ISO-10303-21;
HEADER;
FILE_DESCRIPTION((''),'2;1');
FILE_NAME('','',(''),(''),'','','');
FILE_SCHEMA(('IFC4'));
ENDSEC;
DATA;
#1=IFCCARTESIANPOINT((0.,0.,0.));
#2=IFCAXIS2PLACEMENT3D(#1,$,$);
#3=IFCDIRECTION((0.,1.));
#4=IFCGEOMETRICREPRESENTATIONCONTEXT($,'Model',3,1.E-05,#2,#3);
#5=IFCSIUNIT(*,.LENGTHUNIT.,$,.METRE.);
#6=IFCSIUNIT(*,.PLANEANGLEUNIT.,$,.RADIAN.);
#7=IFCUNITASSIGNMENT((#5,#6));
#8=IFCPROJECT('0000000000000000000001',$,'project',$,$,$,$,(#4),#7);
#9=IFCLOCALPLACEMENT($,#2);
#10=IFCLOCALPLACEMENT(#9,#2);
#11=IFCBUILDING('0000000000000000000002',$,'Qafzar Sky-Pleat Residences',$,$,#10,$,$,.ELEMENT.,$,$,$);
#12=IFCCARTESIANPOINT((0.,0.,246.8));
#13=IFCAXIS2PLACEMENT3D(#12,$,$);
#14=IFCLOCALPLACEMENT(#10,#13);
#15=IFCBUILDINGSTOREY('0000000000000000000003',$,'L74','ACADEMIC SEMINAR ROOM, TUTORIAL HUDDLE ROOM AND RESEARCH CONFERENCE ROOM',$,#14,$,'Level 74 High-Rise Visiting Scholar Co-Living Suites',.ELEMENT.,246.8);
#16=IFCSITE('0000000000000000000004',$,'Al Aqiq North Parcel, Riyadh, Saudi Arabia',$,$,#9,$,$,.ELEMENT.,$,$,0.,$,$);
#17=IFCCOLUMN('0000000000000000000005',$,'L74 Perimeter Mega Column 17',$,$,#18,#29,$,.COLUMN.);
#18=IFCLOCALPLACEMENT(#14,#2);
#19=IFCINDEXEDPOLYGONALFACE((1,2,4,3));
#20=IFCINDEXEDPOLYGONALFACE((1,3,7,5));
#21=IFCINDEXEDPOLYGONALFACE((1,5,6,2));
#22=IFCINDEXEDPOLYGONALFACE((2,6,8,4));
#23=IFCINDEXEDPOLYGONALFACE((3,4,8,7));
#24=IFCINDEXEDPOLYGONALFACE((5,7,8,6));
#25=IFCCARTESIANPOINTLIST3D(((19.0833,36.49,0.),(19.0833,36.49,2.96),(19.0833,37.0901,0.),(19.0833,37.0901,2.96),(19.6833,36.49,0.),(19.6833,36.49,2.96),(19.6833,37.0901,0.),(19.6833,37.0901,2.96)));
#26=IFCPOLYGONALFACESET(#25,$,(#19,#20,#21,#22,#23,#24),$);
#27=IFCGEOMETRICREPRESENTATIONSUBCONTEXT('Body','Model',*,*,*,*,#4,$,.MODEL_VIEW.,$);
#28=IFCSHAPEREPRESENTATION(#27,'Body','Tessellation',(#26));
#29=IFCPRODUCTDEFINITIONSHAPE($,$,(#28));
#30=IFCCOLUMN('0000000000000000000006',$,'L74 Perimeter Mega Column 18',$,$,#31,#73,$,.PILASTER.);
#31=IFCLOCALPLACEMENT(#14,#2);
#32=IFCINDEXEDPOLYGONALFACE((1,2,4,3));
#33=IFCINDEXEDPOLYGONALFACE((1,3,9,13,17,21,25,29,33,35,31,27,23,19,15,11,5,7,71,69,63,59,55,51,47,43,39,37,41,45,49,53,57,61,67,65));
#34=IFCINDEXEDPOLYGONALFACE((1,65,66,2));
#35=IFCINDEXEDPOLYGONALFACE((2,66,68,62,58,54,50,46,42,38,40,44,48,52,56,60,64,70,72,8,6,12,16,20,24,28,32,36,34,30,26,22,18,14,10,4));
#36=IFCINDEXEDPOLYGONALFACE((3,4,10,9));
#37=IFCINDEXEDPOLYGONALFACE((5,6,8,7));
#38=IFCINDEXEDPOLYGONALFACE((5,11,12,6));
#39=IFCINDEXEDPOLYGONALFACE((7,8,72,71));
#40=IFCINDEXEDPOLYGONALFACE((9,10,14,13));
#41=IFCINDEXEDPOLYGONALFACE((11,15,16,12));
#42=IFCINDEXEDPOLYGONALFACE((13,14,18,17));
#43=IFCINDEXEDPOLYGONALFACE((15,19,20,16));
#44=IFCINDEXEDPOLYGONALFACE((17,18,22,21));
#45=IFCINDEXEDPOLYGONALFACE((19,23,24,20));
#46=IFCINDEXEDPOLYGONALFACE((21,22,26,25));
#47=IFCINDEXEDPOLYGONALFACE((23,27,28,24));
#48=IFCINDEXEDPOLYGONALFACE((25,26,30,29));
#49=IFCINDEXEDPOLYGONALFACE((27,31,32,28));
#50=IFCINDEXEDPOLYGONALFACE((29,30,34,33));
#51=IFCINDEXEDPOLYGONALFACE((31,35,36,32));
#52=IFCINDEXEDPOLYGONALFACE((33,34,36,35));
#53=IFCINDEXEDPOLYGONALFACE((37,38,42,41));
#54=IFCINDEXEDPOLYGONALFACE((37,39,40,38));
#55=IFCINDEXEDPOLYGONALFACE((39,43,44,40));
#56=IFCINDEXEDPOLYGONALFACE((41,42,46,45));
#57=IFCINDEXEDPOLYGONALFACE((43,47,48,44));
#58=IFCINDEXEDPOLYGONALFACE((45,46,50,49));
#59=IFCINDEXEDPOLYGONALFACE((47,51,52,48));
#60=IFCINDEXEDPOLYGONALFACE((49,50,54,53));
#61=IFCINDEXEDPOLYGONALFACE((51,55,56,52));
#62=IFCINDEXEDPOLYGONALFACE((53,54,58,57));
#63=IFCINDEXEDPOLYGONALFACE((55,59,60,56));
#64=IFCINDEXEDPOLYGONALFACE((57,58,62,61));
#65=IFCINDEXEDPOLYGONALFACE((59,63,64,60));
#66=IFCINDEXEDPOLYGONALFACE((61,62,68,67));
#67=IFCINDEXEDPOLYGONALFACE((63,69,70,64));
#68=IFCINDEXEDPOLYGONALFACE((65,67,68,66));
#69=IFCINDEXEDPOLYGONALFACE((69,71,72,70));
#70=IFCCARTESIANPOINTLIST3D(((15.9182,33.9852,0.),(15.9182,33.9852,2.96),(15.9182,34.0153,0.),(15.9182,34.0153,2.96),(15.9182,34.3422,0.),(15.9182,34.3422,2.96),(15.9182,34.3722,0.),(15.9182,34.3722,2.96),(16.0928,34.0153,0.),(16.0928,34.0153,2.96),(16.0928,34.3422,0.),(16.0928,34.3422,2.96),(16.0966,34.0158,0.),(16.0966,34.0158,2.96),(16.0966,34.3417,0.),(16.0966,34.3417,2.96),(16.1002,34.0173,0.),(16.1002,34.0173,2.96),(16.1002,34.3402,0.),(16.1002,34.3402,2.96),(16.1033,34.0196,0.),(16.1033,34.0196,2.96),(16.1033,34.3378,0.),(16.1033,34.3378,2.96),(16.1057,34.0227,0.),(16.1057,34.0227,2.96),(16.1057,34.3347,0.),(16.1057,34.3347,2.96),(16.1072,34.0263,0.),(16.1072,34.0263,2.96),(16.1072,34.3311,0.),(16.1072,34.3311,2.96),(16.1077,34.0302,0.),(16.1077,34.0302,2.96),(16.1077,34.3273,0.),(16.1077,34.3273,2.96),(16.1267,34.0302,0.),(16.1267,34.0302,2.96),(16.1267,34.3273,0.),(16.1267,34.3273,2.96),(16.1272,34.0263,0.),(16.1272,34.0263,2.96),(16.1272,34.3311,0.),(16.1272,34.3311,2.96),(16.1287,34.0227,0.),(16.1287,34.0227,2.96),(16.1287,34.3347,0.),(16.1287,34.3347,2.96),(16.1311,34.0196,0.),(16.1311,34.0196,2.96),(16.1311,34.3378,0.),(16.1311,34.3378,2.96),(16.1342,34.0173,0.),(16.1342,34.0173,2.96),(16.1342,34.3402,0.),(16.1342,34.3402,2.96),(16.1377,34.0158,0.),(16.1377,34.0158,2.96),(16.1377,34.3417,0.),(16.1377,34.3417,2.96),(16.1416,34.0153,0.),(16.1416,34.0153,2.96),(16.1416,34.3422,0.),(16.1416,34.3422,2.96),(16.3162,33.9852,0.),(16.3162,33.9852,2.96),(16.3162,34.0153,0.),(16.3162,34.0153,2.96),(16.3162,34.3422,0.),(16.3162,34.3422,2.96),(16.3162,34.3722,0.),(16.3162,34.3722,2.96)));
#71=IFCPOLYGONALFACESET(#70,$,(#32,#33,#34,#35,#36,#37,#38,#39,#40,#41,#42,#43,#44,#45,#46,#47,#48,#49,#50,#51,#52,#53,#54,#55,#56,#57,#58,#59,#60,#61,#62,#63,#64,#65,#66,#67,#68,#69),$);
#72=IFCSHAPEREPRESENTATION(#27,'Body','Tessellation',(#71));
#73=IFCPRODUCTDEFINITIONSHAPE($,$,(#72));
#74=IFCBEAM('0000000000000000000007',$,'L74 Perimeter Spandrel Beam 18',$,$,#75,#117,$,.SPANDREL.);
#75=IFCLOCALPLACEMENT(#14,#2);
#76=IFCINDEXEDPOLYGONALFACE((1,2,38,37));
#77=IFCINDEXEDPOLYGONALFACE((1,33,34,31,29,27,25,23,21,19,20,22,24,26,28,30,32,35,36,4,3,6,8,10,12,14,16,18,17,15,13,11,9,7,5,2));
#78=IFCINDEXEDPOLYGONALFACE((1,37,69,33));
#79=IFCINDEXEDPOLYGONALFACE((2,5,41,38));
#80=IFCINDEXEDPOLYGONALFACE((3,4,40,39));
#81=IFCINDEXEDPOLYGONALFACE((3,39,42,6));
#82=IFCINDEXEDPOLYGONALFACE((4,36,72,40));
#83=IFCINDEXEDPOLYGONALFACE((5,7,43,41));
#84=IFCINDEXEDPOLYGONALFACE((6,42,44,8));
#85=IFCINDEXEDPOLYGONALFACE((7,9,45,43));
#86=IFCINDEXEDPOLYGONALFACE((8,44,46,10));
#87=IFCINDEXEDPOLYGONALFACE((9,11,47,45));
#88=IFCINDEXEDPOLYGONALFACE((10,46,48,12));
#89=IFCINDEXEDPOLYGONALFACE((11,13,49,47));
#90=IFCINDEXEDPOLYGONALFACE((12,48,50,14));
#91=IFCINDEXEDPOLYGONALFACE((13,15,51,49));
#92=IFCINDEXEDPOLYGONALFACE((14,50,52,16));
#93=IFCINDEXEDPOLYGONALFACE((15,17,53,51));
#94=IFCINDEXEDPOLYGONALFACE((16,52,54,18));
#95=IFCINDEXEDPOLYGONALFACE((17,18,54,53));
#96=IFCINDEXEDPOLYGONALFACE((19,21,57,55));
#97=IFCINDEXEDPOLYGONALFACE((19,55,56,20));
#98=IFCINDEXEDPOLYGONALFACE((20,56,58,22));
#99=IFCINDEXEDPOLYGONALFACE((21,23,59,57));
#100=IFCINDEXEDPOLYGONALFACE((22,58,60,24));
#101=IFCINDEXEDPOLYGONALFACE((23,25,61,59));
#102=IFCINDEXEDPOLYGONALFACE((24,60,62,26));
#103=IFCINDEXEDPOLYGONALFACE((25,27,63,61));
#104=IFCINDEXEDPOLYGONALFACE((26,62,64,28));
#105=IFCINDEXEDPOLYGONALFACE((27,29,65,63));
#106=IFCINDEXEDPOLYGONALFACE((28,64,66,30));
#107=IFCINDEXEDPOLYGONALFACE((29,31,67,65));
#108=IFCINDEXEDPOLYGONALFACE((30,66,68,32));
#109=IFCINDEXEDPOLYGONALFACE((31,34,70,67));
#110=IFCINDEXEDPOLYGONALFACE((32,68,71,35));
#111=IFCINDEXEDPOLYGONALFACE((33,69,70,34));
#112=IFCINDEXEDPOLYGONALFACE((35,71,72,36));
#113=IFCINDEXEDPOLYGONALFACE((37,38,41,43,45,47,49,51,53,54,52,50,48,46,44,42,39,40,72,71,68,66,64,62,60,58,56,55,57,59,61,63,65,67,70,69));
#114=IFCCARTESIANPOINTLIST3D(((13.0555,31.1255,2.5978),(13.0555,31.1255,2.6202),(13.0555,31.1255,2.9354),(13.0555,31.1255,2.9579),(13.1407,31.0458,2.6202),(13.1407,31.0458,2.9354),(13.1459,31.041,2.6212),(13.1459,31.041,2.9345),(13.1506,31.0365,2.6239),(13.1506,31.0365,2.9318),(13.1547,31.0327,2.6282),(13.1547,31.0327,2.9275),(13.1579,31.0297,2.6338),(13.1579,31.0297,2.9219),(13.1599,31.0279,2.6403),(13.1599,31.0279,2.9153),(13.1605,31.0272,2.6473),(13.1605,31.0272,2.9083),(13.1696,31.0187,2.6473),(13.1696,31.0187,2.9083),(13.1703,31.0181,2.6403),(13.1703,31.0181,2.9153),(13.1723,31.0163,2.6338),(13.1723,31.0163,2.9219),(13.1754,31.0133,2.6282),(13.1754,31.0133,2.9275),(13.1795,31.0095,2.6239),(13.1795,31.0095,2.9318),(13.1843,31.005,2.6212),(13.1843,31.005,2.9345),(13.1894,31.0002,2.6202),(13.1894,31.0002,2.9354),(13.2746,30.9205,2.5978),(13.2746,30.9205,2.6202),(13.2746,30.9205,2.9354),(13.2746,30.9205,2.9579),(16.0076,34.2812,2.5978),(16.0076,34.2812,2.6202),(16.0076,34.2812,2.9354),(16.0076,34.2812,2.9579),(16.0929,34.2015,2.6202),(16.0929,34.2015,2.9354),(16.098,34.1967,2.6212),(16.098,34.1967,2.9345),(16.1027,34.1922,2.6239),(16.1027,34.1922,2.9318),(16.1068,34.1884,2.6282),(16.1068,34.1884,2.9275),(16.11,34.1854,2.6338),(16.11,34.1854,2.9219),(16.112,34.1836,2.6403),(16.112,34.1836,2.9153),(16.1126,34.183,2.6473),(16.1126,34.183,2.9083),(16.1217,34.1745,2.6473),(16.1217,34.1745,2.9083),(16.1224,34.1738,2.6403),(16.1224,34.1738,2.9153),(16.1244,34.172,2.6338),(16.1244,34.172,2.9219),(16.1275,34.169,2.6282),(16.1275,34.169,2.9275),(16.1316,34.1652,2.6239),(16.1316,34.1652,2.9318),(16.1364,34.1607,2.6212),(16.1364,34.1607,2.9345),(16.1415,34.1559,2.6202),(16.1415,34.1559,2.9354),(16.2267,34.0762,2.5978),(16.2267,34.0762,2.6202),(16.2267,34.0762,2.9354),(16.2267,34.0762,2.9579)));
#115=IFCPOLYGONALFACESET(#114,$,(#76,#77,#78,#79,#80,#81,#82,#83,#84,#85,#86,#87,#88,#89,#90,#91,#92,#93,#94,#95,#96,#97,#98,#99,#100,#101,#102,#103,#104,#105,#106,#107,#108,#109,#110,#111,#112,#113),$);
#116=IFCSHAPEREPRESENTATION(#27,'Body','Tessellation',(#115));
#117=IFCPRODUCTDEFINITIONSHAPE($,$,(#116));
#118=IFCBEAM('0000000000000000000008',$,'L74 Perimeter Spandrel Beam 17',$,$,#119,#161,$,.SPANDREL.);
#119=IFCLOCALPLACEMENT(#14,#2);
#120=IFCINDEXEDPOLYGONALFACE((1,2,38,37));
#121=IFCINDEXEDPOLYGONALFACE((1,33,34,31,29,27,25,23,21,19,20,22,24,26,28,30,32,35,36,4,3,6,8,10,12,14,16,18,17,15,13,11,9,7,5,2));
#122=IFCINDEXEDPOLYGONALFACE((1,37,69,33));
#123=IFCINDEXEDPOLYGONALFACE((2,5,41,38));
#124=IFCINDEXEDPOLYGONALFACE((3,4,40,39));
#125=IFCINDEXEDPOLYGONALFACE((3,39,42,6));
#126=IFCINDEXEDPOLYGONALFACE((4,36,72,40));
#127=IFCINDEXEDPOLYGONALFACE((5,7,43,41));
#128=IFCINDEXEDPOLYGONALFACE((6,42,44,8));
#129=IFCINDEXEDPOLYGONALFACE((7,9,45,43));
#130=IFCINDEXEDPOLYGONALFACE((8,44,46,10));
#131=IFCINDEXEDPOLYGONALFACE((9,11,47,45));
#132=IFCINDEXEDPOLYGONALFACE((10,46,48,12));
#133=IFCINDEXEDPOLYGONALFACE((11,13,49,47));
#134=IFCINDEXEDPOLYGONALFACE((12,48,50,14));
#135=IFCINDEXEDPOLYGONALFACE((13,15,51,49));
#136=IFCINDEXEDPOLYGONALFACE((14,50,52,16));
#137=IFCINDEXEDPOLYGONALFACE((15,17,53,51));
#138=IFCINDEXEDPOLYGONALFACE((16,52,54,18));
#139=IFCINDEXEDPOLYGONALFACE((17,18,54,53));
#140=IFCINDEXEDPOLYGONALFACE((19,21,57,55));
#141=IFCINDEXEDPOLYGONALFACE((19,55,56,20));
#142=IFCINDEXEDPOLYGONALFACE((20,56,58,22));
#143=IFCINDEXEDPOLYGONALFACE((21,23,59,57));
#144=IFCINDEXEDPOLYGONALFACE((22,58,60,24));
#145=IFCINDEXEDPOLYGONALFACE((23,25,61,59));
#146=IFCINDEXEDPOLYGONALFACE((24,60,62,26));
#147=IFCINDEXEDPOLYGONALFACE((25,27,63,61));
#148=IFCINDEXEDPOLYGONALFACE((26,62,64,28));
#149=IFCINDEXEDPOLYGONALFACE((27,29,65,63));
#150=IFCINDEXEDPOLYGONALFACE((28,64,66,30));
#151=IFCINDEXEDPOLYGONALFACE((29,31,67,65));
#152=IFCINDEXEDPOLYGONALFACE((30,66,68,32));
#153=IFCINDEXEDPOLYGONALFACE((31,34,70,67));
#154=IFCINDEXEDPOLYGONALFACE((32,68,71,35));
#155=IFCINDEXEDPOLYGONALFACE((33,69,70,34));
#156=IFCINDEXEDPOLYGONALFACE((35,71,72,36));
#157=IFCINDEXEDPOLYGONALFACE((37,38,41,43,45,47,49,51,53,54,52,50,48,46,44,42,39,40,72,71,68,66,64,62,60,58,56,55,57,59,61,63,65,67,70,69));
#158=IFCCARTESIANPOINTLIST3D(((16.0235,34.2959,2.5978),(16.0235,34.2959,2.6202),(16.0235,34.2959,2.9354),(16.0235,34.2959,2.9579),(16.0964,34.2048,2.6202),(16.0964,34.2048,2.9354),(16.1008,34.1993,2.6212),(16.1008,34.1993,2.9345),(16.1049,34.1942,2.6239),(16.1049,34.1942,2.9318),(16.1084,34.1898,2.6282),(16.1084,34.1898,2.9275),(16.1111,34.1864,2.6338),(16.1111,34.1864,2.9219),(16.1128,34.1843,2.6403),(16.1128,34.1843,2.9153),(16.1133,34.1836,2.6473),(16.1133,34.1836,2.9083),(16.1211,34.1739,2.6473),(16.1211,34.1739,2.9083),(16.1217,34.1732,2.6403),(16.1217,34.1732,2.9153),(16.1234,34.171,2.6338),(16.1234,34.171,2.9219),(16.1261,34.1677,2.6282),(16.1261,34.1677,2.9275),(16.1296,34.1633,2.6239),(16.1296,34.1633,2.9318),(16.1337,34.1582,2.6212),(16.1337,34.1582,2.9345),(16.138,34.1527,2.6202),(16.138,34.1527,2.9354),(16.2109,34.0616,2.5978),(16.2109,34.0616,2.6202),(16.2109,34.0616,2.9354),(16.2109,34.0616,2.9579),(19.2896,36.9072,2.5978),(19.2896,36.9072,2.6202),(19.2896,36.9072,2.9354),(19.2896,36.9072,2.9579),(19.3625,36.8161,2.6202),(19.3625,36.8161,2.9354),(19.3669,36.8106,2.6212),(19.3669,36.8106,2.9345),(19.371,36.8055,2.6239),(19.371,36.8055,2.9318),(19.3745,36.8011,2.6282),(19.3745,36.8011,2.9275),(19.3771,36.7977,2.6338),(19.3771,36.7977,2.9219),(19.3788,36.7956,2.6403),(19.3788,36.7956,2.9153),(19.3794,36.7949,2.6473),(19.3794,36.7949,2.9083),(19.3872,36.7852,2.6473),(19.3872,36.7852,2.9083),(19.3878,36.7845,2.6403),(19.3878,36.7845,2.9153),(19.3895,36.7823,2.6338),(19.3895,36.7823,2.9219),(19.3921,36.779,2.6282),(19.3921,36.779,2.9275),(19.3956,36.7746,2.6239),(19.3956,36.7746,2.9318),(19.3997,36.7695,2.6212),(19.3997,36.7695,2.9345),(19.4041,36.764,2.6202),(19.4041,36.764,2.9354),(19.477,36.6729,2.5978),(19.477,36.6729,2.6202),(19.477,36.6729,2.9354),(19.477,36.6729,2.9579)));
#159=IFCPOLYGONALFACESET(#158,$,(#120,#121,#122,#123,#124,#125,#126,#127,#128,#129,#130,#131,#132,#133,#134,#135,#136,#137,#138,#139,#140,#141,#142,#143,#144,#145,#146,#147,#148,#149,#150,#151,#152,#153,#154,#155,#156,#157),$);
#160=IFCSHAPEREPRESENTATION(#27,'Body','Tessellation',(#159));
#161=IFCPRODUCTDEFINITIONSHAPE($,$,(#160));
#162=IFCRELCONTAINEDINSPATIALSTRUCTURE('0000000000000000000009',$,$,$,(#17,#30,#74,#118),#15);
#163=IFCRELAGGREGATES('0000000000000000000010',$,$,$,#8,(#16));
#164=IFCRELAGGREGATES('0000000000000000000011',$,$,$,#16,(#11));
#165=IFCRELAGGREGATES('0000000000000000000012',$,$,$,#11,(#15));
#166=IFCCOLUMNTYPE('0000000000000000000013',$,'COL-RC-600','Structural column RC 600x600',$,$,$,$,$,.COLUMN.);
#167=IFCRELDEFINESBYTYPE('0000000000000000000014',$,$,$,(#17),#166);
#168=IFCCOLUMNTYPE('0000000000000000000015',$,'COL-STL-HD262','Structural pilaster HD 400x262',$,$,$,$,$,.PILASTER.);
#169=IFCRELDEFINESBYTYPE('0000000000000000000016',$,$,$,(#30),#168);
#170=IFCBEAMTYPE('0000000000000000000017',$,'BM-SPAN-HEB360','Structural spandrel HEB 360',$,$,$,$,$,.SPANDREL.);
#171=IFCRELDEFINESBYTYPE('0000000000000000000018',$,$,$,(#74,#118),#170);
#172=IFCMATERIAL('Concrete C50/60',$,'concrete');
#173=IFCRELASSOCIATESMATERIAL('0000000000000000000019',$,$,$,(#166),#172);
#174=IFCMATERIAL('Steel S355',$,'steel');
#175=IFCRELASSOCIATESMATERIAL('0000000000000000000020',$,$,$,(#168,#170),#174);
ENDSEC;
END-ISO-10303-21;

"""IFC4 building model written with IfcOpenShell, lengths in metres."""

from ifc_helpers import new_model, si_unit, direction, frame, origin, origin_2d, place, context, subcontext, project, spatial, rectangle, i_section, extrude, source, transform, mapped, material, material_profile, profile_set, type_object, element, save


model = new_model("IFC4")

# Units and contexts
model_context = context("Model", 3, precision=1e-05, world=origin(), true_north=direction((0.0, 1.0)))
body_context = subcontext(model_context, "Body", "Model", "MODEL_VIEW")
ifc_project = project(units=[si_unit("LENGTHUNIT", "METRE"), si_unit("PLANEANGLEUNIT", "RADIAN")], contexts=[model_context])

# Site, building, storey
site_placement = place(None, origin())
site = spatial("IfcSite", under=ifc_project, at=site_placement, Name="Al Aqiq North Parcel, Riyadh, Saudi Arabia", CompositionType="ELEMENT", RefElevation=0.0)
building_placement = place(site_placement, origin())
building = spatial("IfcBuilding", under=site, at=building_placement, Name="Qafzar Sky-Pleat Residences", CompositionType="ELEMENT")
storey_placement = place(building_placement, frame((0.0, 0.0, 246.8)))
storey = spatial("IfcBuildingStorey", under=building, at=storey_placement, Name="L74", Description="ACADEMIC SEMINAR ROOM, TUTORIAL HUDDLE ROOM AND RESEARCH CONFERENCE ROOM", LongName="Level 74 High-Rise Visiting Scholar Co-Living Suites", CompositionType="ELEMENT", Elevation=246.8)

# Columns
ifc_material_1 = material(Name="Concrete C50/60", Category="concrete")
ifc_material_profile_1 = material_profile(ifc_material_1, rectangle(XDim=0.6001, YDim=0.6001, at=origin_2d()), Name="RC 600x600")
ifc_profile_set_1 = profile_set([ifc_material_profile_1], Name="Concrete C50/60")
column_type_1 = type_object("IfcColumnType", Name="COL-RC-600", Description="Structural column RC 600x600", PredefinedType="COLUMN", material=ifc_profile_set_1)
shared_shape_1 = source(origin(), body_context, "Body", "SweptSolid", [
    extrude(rectangle(XDim=0.6001, YDim=0.6001, at=origin_2d()), origin(), (0.0, 0.0, 1.0), 2.96),
])
column_1_placement = place(storey_placement, frame((19.3833, 36.79, 0.0), z_axis=(0.0, 0.0, 1.0), x_axis=(1.0, 0.0, 0.0)))
element("IfcColumn", 1, at=column_1_placement, inside=storey, type_object=column_type_1, Name="L74 Perimeter Mega Column 17", PredefinedType="COLUMN", context=body_context, shape_type="MappedRepresentation", body=[
    mapped(shared_shape_1, transform((0.0, 0.0, 0.0), x_axis=(1.0, 0.0, 0.0), y_axis=(0.0, 1.0, 0.0), z_axis=(0.0, 0.0, 1.0), scale=1.0)),
])
ifc_material_2 = material(Name="Steel S355", Category="steel")
ifc_material_profile_2 = material_profile(ifc_material_2, i_section(OverallWidth=0.3979, OverallDepth=0.387, WebThickness=0.019, FlangeThickness=0.03, FilletRadius=0.0149, at=origin_2d()), Name="HD 400x262")
ifc_profile_set_2 = profile_set([ifc_material_profile_2], Name="Steel S355")
column_type_2 = type_object("IfcColumnType", Name="COL-STL-HD262", Description="Structural pilaster HD 400x262", PredefinedType="PILASTER", material=ifc_profile_set_2)
shared_shape_2 = source(origin(), body_context, "Body", "SweptSolid", [
    extrude(i_section(OverallWidth=0.3979, OverallDepth=0.387, WebThickness=0.019, FlangeThickness=0.03, FilletRadius=0.0149, at=origin_2d()), origin(), (0.0, 0.0, 1.0), 2.96),
])
column_2_placement = place(storey_placement, frame((16.1172, 34.1787, 0.0), z_axis=(0.0, 0.0, 1.0), x_axis=(1.0, 0.0, 0.0)))
element("IfcColumn", 2, at=column_2_placement, inside=storey, type_object=column_type_2, Name="L74 Perimeter Mega Column 18", PredefinedType="PILASTER", context=body_context, shape_type="MappedRepresentation", body=[
    mapped(shared_shape_2, transform((0.0, 0.0, 0.0), x_axis=(1.0, 0.0, 0.0), y_axis=(0.0, 1.0, 0.0), z_axis=(0.0, 0.0, 1.0), scale=1.0)),
])

# Beams
ifc_material_profile_3 = material_profile(ifc_material_2, i_section(OverallWidth=0.3, OverallDepth=0.3601, WebThickness=0.0125, FlangeThickness=0.0225, FilletRadius=0.0271, at=origin_2d()), Name="HEB 360")
ifc_profile_set_3 = profile_set([ifc_material_profile_3], Name="Steel S355")
beam_type_1 = type_object("IfcBeamType", Name="BM-SPAN-HEB360", Description="Structural spandrel HEB 360", PredefinedType="SPANDREL", material=ifc_profile_set_3)
shared_shape_3 = source(origin(), body_context, "Body", "SweptSolid", [
    extrude(i_section(OverallWidth=0.3, OverallDepth=0.3601, WebThickness=0.0125, FlangeThickness=0.0225, FilletRadius=0.0271, at=origin_2d()), origin(), (0.0, 0.0, 1.0), 4.3213),
])
beam_1_placement = place(storey_placement, frame((16.1172, 34.1787, 2.7778), z_axis=(-0.683155, -0.730273, 0.0), x_axis=(0.730273, -0.683155, 0.0)))
element("IfcBeam", 3, at=beam_1_placement, inside=storey, type_object=beam_type_1, Name="L74 Perimeter Spandrel Beam 18", PredefinedType="SPANDREL", context=body_context, shape_type="MappedRepresentation", body=[
    mapped(shared_shape_3, transform((0.0, 0.0, 0.0), x_axis=(1.0, 0.0, 0.0), y_axis=(0.0, 1.0, 0.0), z_axis=(0.0, 0.0, 1.0), scale=1.0)),
])
shared_shape_4 = source(origin(), body_context, "Body", "SweptSolid", [
    extrude(i_section(OverallWidth=0.3, OverallDepth=0.3601, WebThickness=0.0125, FlangeThickness=0.0225, FilletRadius=0.0271, at=origin_2d()), origin(), (0.0, 0.0, 1.0), 4.1816),
])
beam_2_placement = place(storey_placement, frame((19.3833, 36.79, 2.7778), z_axis=(-0.781051, -0.624467, 0.0), x_axis=(0.624467, -0.781051, 0.0)))
element("IfcBeam", 4, at=beam_2_placement, inside=storey, type_object=beam_type_1, Name="L74 Perimeter Spandrel Beam 17", PredefinedType="SPANDREL", context=body_context, shape_type="MappedRepresentation", body=[
    mapped(shared_shape_4, transform((0.0, 0.0, 0.0), x_axis=(1.0, 0.0, 0.0), y_axis=(0.0, 1.0, 0.0), z_axis=(0.0, 0.0, 1.0), scale=1.0)),
])

save(model, "model.ifc")
